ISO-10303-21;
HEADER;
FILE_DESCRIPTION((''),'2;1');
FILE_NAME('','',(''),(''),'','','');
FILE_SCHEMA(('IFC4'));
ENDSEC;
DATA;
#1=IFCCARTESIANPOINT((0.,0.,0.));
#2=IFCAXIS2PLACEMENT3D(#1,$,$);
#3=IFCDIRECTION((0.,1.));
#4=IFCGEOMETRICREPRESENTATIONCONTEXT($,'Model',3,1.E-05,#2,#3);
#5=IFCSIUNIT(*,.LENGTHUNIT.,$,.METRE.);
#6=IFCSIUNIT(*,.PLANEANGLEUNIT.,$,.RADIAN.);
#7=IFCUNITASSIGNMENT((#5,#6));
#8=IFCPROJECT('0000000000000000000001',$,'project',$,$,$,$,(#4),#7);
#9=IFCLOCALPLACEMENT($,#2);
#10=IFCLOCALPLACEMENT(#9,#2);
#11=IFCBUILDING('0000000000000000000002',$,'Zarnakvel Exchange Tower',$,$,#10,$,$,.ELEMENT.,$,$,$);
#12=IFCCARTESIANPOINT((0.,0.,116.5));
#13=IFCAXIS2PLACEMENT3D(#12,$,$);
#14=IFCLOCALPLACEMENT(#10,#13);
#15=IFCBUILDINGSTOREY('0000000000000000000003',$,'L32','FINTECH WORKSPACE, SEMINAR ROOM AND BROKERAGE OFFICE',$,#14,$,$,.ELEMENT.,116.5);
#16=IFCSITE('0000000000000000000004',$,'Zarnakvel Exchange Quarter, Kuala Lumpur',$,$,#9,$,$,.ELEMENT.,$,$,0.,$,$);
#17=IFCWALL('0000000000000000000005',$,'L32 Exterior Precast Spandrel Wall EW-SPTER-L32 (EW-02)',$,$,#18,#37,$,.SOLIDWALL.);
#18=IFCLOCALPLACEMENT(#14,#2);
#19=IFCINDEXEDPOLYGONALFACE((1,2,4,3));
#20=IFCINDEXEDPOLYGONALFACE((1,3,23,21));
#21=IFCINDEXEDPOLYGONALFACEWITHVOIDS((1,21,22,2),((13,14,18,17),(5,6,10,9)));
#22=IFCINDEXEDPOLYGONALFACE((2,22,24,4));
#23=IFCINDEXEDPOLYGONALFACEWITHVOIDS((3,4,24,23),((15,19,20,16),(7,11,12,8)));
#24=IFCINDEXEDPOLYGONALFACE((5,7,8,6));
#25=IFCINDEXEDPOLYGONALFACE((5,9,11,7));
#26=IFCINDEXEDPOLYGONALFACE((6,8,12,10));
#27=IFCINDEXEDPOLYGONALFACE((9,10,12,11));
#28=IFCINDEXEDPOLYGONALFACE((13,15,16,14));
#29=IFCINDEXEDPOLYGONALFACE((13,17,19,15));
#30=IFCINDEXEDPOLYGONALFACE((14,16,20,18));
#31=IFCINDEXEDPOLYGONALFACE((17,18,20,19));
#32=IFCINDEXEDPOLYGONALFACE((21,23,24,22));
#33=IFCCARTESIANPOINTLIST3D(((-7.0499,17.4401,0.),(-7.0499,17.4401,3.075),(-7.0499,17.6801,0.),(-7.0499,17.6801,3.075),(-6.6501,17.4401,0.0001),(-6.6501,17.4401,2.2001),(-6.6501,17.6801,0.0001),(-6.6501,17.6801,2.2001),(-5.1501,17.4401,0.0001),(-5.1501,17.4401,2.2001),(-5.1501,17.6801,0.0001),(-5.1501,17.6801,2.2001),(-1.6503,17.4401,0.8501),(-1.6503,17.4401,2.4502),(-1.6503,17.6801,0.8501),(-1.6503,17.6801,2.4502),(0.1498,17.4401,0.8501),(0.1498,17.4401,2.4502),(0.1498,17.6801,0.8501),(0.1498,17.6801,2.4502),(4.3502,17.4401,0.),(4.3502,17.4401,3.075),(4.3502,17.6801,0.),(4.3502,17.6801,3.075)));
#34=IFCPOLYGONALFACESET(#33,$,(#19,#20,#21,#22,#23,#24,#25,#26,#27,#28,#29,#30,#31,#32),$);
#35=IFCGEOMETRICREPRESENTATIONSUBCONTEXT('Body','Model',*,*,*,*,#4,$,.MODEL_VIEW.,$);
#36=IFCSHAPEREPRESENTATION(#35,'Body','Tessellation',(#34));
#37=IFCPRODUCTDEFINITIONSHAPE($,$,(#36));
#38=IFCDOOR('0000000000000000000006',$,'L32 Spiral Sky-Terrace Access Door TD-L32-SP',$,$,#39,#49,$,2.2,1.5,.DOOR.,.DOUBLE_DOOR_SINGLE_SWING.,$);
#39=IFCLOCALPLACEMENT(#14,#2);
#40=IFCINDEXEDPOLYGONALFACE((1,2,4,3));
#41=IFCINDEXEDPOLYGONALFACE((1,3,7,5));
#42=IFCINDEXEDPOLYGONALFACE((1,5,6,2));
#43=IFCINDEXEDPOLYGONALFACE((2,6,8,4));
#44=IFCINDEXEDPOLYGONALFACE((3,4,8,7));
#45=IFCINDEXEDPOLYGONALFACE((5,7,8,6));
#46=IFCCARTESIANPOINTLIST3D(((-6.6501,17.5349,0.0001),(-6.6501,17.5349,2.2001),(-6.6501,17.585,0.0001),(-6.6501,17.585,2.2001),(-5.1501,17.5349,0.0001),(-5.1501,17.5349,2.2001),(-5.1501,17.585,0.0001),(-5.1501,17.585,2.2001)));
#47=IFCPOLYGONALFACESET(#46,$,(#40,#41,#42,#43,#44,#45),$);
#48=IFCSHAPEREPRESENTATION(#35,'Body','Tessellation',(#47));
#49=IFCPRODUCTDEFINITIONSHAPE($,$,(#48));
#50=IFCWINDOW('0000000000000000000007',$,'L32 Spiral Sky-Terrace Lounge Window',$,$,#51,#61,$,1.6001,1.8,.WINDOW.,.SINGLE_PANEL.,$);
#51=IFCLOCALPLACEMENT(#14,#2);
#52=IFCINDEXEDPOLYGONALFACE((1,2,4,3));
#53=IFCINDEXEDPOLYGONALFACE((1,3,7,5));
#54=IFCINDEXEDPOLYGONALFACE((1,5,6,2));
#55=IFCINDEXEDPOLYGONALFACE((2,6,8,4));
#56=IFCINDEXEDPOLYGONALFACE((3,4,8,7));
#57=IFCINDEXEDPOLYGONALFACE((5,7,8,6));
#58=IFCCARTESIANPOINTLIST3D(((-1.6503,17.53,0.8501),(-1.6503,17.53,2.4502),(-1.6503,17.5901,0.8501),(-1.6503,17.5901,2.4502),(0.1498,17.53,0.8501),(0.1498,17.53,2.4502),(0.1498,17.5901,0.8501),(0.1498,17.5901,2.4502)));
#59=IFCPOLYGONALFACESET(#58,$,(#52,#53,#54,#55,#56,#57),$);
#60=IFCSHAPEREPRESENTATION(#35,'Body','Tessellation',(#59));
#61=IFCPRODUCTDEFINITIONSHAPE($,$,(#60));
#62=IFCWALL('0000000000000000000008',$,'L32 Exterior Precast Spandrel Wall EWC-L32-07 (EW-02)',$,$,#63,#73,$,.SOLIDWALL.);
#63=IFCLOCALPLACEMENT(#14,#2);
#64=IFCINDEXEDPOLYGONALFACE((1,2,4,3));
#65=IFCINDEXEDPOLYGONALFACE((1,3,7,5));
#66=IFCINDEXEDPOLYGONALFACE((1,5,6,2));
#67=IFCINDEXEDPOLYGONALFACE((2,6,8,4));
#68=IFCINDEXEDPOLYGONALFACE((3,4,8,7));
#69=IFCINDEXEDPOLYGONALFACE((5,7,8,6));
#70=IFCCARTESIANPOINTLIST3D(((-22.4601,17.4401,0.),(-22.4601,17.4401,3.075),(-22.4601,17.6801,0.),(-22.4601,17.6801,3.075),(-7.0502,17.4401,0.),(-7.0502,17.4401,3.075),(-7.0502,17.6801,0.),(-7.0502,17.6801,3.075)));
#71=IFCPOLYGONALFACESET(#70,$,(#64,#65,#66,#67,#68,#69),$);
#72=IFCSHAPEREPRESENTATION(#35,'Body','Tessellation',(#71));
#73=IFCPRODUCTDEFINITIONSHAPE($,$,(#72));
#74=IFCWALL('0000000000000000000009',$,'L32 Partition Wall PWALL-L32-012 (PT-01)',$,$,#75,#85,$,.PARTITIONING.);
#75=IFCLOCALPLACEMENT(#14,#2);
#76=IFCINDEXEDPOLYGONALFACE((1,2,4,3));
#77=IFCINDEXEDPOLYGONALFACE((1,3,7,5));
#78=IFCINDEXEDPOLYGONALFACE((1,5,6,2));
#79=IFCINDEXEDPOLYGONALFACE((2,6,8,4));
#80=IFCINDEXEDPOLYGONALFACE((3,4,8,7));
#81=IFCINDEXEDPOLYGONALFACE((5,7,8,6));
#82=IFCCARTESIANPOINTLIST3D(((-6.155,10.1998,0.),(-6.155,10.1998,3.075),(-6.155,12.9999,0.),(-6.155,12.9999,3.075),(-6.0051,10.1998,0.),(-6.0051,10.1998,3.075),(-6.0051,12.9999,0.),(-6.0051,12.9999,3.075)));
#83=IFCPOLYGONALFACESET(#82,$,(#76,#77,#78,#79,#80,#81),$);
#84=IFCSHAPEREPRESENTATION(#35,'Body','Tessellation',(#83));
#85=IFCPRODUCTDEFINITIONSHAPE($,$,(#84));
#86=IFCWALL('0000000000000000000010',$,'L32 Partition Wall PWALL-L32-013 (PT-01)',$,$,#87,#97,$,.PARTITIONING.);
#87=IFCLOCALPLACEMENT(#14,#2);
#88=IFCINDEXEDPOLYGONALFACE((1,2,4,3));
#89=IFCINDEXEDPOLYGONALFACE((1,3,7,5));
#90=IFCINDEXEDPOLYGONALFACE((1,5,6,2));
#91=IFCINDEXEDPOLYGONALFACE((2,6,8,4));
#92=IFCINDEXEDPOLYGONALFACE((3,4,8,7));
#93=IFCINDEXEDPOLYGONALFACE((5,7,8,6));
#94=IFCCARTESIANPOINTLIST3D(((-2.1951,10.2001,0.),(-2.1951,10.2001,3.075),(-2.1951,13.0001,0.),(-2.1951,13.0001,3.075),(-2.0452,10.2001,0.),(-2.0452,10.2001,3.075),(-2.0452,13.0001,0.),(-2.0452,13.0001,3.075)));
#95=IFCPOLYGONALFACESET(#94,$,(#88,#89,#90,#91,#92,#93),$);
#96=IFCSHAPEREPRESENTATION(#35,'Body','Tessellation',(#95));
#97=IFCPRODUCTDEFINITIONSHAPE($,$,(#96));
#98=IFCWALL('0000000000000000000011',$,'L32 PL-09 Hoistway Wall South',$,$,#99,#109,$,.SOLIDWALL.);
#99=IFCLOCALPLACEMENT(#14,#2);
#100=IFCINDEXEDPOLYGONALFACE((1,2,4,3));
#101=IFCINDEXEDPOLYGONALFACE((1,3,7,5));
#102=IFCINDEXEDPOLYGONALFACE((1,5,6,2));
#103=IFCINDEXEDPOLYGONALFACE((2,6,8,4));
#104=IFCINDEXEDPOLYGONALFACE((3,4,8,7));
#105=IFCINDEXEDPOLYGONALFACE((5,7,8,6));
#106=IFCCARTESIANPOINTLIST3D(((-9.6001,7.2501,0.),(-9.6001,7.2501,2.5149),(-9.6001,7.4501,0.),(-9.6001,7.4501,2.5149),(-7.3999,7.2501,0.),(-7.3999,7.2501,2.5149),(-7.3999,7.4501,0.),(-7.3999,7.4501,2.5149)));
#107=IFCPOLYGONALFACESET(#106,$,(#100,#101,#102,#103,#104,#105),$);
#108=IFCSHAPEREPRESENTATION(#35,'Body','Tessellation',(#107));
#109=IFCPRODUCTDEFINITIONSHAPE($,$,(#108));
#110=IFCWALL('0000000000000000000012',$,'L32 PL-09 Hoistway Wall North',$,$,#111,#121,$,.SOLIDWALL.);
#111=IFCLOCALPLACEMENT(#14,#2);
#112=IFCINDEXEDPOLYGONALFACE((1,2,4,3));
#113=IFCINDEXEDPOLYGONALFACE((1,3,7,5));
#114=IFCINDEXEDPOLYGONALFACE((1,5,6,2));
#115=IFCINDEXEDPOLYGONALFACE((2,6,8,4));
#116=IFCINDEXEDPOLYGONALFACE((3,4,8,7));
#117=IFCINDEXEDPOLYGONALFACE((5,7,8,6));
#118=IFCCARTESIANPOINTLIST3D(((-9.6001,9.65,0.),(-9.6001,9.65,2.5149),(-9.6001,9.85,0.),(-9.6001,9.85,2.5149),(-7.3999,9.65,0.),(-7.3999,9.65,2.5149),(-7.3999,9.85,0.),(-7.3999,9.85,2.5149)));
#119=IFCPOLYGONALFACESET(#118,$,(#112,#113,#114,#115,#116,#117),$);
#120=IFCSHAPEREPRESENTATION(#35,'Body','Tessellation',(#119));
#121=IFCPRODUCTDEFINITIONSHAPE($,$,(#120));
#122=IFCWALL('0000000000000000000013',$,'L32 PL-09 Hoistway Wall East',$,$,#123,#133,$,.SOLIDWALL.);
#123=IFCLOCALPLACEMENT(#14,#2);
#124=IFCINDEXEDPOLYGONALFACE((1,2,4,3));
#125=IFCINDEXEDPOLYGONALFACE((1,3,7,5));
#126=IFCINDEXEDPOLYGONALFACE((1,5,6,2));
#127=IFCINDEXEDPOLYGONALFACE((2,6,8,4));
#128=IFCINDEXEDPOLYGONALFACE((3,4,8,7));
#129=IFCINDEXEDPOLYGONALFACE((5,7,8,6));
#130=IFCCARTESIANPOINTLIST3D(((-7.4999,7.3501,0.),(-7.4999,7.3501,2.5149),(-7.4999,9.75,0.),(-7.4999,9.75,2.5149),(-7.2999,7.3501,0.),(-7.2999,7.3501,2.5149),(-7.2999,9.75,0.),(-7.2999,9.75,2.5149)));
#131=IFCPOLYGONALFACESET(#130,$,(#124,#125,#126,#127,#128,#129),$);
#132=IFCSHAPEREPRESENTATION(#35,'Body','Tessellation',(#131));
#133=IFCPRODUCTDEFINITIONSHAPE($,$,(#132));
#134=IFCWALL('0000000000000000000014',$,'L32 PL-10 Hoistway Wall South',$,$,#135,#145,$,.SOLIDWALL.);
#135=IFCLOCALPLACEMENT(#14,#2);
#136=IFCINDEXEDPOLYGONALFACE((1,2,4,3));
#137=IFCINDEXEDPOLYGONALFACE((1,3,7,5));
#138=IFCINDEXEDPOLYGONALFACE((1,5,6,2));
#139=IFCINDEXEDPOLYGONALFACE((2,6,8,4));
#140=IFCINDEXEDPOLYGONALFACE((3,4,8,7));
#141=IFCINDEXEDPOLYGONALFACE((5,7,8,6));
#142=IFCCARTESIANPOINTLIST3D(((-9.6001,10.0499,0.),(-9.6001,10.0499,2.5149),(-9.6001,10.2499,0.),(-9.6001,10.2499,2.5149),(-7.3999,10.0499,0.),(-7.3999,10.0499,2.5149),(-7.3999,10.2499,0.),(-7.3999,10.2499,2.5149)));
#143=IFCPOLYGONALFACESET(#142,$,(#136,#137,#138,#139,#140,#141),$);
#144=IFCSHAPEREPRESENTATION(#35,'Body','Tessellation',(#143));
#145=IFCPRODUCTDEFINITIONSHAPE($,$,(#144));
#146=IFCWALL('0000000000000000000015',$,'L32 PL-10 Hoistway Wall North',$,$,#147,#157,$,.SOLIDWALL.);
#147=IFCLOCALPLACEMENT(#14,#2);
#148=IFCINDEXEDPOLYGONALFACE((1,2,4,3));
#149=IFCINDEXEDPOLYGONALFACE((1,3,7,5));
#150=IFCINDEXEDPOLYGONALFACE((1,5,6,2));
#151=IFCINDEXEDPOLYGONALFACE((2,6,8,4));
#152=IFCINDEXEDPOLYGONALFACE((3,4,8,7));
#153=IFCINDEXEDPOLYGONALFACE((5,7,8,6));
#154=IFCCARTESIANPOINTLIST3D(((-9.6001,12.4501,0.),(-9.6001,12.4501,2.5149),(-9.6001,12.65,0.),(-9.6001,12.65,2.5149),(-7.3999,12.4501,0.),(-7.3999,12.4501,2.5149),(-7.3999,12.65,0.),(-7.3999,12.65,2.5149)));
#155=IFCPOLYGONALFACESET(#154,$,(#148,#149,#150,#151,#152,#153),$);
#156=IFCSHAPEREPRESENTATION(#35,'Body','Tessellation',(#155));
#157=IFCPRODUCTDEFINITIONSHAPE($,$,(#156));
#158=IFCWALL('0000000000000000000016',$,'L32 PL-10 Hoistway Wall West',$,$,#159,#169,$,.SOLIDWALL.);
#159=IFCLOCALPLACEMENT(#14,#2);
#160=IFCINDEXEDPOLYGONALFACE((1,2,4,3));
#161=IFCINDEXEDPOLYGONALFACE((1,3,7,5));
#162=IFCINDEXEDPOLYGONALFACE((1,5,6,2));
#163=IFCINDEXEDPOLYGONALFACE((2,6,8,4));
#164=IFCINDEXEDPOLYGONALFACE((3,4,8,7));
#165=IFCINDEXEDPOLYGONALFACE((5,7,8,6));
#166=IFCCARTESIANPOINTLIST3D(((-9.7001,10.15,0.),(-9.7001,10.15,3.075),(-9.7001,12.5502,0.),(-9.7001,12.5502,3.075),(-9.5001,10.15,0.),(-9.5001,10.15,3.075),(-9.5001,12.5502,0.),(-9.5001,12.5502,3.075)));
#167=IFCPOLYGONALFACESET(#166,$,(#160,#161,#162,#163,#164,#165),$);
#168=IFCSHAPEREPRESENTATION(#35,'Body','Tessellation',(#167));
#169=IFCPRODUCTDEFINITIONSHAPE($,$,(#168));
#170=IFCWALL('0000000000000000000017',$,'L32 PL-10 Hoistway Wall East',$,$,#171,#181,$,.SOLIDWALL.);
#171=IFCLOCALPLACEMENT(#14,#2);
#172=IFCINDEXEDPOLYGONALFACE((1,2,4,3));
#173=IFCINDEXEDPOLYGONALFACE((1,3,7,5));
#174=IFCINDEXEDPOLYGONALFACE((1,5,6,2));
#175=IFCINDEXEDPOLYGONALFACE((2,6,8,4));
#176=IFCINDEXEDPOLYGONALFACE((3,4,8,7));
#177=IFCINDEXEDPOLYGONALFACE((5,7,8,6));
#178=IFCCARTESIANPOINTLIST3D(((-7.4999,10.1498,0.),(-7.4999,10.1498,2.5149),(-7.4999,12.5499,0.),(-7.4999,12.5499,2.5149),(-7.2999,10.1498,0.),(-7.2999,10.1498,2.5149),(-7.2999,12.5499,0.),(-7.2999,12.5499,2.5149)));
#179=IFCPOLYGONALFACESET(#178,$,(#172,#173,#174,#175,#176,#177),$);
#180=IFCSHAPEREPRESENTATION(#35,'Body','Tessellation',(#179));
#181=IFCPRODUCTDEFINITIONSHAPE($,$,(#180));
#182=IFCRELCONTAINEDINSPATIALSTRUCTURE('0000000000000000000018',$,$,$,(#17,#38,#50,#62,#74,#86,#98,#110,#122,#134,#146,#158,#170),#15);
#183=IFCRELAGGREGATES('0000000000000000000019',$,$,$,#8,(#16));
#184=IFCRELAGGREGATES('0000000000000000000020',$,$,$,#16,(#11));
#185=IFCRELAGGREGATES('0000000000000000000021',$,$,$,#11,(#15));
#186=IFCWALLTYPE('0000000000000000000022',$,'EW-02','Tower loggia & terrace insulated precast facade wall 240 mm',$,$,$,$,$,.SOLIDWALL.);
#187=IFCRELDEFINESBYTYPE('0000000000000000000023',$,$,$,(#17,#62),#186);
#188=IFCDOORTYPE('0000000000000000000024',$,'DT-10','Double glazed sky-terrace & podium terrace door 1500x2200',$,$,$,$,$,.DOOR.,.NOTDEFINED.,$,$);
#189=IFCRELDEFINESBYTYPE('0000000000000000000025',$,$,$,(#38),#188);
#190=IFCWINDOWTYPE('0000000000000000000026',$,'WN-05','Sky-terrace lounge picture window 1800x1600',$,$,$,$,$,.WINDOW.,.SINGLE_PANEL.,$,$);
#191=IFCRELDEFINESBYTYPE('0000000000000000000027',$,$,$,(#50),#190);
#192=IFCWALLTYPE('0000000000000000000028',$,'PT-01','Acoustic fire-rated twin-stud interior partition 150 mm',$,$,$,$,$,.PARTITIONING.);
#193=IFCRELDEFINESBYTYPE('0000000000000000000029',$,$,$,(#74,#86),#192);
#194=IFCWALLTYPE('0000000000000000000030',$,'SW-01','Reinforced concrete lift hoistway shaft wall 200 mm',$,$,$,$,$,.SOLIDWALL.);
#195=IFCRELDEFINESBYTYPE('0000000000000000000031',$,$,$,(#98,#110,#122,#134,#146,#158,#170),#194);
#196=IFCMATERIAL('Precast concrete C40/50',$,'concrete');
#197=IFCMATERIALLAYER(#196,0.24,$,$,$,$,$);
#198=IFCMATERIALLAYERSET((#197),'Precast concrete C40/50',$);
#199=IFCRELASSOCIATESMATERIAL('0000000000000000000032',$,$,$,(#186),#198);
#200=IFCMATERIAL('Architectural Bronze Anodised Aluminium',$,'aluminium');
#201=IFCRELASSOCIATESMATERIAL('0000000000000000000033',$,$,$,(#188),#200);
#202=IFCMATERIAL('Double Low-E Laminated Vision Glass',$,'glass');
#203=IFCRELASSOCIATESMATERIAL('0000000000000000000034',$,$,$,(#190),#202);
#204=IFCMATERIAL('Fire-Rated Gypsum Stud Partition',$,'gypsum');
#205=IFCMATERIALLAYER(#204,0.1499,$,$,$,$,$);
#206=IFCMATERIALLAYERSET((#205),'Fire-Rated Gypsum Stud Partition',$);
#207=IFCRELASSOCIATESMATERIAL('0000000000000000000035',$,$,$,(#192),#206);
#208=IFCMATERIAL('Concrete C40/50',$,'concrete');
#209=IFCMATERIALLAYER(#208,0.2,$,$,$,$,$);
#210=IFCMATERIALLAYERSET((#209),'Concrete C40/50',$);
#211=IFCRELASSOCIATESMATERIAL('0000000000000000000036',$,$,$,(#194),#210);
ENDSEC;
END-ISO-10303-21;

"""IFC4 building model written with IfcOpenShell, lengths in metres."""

from ifc_helpers import new_model, si_unit, direction, frame, frame_2d, origin, place, context, subcontext, project, spatial, rectangle, extrude, source, transform, mapped, material, layer, layer_set, type_object, element, fill, save


model = new_model("IFC4")

# Units and contexts
model_context = context("Model", 3, precision=1e-05, world=origin(), true_north=direction((0.0, 1.0)))
body_context = subcontext(model_context, "Body", "Model", "MODEL_VIEW")
ifc_project = project(units=[si_unit("LENGTHUNIT", "METRE"), si_unit("PLANEANGLEUNIT", "RADIAN")], contexts=[model_context])

# Site, building, storey
site_placement = place(None, origin())
site = spatial("IfcSite", under=ifc_project, at=site_placement, Name="Zarnakvel Exchange Quarter, Kuala Lumpur", CompositionType="ELEMENT", RefElevation=0.0)
building_placement = place(site_placement, origin())
building = spatial("IfcBuilding", under=site, at=building_placement, Name="Zarnakvel Exchange Tower", CompositionType="ELEMENT")
storey_placement = place(building_placement, frame((0.0, 0.0, 116.5)))
storey = spatial("IfcBuildingStorey", under=building, at=storey_placement, Name="L32", Description="FINTECH WORKSPACE, SEMINAR ROOM AND BROKERAGE OFFICE", CompositionType="ELEMENT", Elevation=116.5)

# Wall, openings, door, window
ifc_material_1 = material(Name="Precast concrete C40/50", Category="concrete")
ifc_layer_1 = layer(ifc_material_1, 0.24)
ifc_layer_set_1 = layer_set([ifc_layer_1], Name="Precast concrete C40/50")
wall_type_1 = type_object("IfcWallType", Name="EW-02", Description="Tower loggia & terrace insulated precast facade wall 240 mm", PredefinedType="SOLIDWALL", material=ifc_layer_set_1)
wall_1_placement = place(storey_placement, frame((-7.05, 17.5601, 0.0), z_axis=(0.0, 0.0, 1.0), x_axis=(1.0, 0.0, 0.0)))
wall_1 = element("IfcWall", 1, at=wall_1_placement, inside=storey, type_object=wall_type_1, Name="L32 Exterior Precast Spandrel Wall EW-SPTER-L32 (EW-02)", PredefinedType="SOLIDWALL", context=body_context, shape_type="SweptSolid", body=[
    extrude(rectangle(XDim=11.4001, YDim=0.24, at=frame_2d((5.7002, 0.0))), origin(), (0.0, 0.0, 1.0), 3.075),
])
opening_1_placement = place(wall_1_placement, frame((0.3999, 0.0, 0.0)))
opening_1 = element("IfcOpeningElement", 2, at=opening_1_placement, cuts=wall_1, PredefinedType="OPENING", context=body_context, shape_type="SweptSolid", body=[
    extrude(rectangle(XDim=1.5, YDim=2.2, at=frame_2d((0.75, 1.1001))), frame((0.0, 0.1299, 0.0), z_axis=(0.0, -1.0, 0.0), x_axis=(1.0, 0.0, 0.0)), (0.0, 0.0, 1.0), 0.26),
])
opening_2_placement = place(wall_1_placement, frame((5.3999, 0.0, 0.8501)))
opening_2 = element("IfcOpeningElement", 3, at=opening_2_placement, cuts=wall_1, PredefinedType="OPENING", context=body_context, shape_type="SweptSolid", body=[
    extrude(rectangle(XDim=1.8, YDim=1.6001, at=frame_2d((0.8999, 0.8))), frame((0.0, 0.1299, 0.0), z_axis=(0.0, -1.0, 0.0), x_axis=(1.0, 0.0, 0.0)), (0.0, 0.0, 1.0), 0.26),
])
ifc_material_2 = material(Name="Architectural Bronze Anodised Aluminium", Category="aluminium")
door_type_1 = type_object("IfcDoorType", Name="DT-10", Description="Double glazed sky-terrace & podium terrace door 1500x2200", OperationType="NOTDEFINED", PredefinedType="DOOR", material=ifc_material_2)
shared_shape_1 = source(origin(), body_context, "Body", "SweptSolid", [
    extrude(rectangle(XDim=1.5, YDim=2.2, at=frame_2d((0.75, 1.1001))), frame((0.0, 0.0249, 0.0), z_axis=(0.0, -1.0, 0.0), x_axis=(1.0, 0.0, 0.0)), (0.0, 0.0, 1.0), 0.05),
])
door_1_placement = place(opening_1_placement, origin())
door_1 = element("IfcDoor", 4, at=door_1_placement, inside=storey, type_object=door_type_1, Name="L32 Spiral Sky-Terrace Access Door TD-L32-SP", OperationType="DOUBLE_DOOR_SINGLE_SWING", OverallHeight=2.2, OverallWidth=1.5, PredefinedType="DOOR", context=body_context, shape_type="MappedRepresentation", body=[
    mapped(shared_shape_1, transform((0.0, 0.0, 0.0), x_axis=(1.0, 0.0, 0.0), y_axis=(0.0, 1.0, 0.0), z_axis=(0.0, 0.0, 1.0), scale=1.0)),
])
fill(opening_1, door_1)
ifc_material_3 = material(Name="Double Low-E Laminated Vision Glass", Category="glass")
window_type = type_object("IfcWindowType", Name="WN-05", Description="Sky-terrace lounge picture window 1800x1600", PartitioningType="SINGLE_PANEL", PredefinedType="WINDOW", material=ifc_material_3)
shared_shape_2 = source(origin(), body_context, "Body", "SweptSolid", [
    extrude(rectangle(XDim=1.8, YDim=1.6001, at=frame_2d((0.8999, 0.8))), frame((0.0, 0.03, 0.0), z_axis=(0.0, -1.0, 0.0), x_axis=(1.0, 0.0, 0.0)), (0.0, 0.0, 1.0), 0.0601),
])
window_placement = place(opening_2_placement, origin())
window = element("IfcWindow", 5, at=window_placement, inside=storey, type_object=window_type, Name="L32 Spiral Sky-Terrace Lounge Window", OverallHeight=1.6001, OverallWidth=1.8, PartitioningType="SINGLE_PANEL", PredefinedType="WINDOW", context=body_context, shape_type="MappedRepresentation", body=[
    mapped(shared_shape_2, transform((0.0, 0.0, 0.0), x_axis=(1.0, 0.0, 0.0), y_axis=(0.0, 1.0, 0.0), z_axis=(0.0, 0.0, 1.0), scale=1.0)),
])
fill(opening_2, window)

# Wall
wall_2_placement = place(storey_placement, frame((-7.05, 17.5601, 0.0), z_axis=(0.0, 0.0, 1.0), x_axis=(-1.0, 0.0, 0.0)))
element("IfcWall", 6, at=wall_2_placement, inside=storey, type_object=wall_type_1, Name="L32 Exterior Precast Spandrel Wall EWC-L32-07 (EW-02)", PredefinedType="SOLIDWALL", context=body_context, shape_type="SweptSolid", body=[
    extrude(rectangle(XDim=15.4099, YDim=0.24, at=frame_2d((7.7051, 0.0))), origin(), (0.0, 0.0, 1.0), 3.075),
])

# Shared definitions
ifc_material_4 = material(Name="Fire-Rated Gypsum Stud Partition", Category="gypsum")
ifc_layer_2 = layer(ifc_material_4, 0.1499)
ifc_layer_set_2 = layer_set([ifc_layer_2], Name="Fire-Rated Gypsum Stud Partition")
wall_type_2 = type_object("IfcWallType", Name="PT-01", Description="Acoustic fire-rated twin-stud interior partition 150 mm", PredefinedType="PARTITIONING", material=ifc_layer_set_2)

# Walls
for number, where, z_axis, x_axis, name in (
    (7, (-6.0801, 10.2, 0.0), (0.0, 0.0, 1.0), (0.0, 1.0, 0.0), "L32 Partition Wall PWALL-L32-012 (PT-01)"),
    (8, (-2.1201, 13.0, 0.0), (0.0, 0.0, 1.0), (0.0, -1.0, 0.0), "L32 Partition Wall PWALL-L32-013 (PT-01)"),
):
    element("IfcWall", number, at=place(storey_placement, frame(where, z_axis=z_axis, x_axis=x_axis)), inside=storey, type_object=wall_type_2, Name=name, PredefinedType="PARTITIONING", context=body_context, shape_type="SweptSolid", body=[
        extrude(rectangle(XDim=2.8, YDim=0.1499, at=frame_2d((1.3999, 0.0))), origin(), (0.0, 0.0, 1.0), 3.075),
    ])
ifc_material_5 = material(Name="Concrete C40/50", Category="concrete")
ifc_layer_3 = layer(ifc_material_5, 0.2)
ifc_layer_set_3 = layer_set([ifc_layer_3], Name="Concrete C40/50")
wall_type_3 = type_object("IfcWallType", Name="SW-01", Description="Reinforced concrete lift hoistway shaft wall 200 mm", PredefinedType="SOLIDWALL", material=ifc_layer_set_3)
for number, where, z_axis, x_axis, name in (
    (9, (-7.3999, 7.3501, 0.0), (0.0, 0.0, 1.0), (-1.0, 0.0, 0.0), "L32 PL-09 Hoistway Wall South"),
    (10, (-9.6001, 9.75, 0.0), (0.0, 0.0, 1.0), (1.0, 0.0, 0.0), "L32 PL-09 Hoistway Wall North"),
):
    element("IfcWall", number, at=place(storey_placement, frame(where, z_axis=z_axis, x_axis=x_axis)), inside=storey, type_object=wall_type_3, Name=name, PredefinedType="SOLIDWALL", context=body_context, shape_type="SweptSolid", body=[
        extrude(rectangle(XDim=2.2002, YDim=0.2, at=frame_2d((1.1001, 0.0))), origin(), (0.0, 0.0, 1.0), 2.5149),
    ])
wall_3_placement = place(storey_placement, frame((-7.3999, 9.75, 0.0), z_axis=(0.0, 0.0, 1.0), x_axis=(0.0, -1.0, 0.0)))
element("IfcWall", 11, at=wall_3_placement, inside=storey, type_object=wall_type_3, Name="L32 PL-09 Hoistway Wall East", PredefinedType="SOLIDWALL", context=body_context, shape_type="SweptSolid", body=[
    extrude(rectangle(XDim=2.3999, YDim=0.2, at=frame_2d((1.2, 0.0))), origin(), (0.0, 0.0, 1.0), 2.5149),
])
for number, where, z_axis, x_axis, name in (
    (12, (-7.3999, 10.1499, 0.0), (0.0, 0.0, 1.0), (-1.0, 0.0, 0.0), "L32 PL-10 Hoistway Wall South"),
    (13, (-9.6001, 12.55, 0.0), (0.0, 0.0, 1.0), (1.0, 0.0, 0.0), "L32 PL-10 Hoistway Wall North"),
):
    element("IfcWall", number, at=place(storey_placement, frame(where, z_axis=z_axis, x_axis=x_axis)), inside=storey, type_object=wall_type_3, Name=name, PredefinedType="SOLIDWALL", context=body_context, shape_type="SweptSolid", body=[
        extrude(rectangle(XDim=2.2002, YDim=0.2, at=frame_2d((1.1001, 0.0))), origin(), (0.0, 0.0, 1.0), 2.5149),
    ])
wall_4_placement = place(storey_placement, frame((-9.6001, 10.1499, 0.0), z_axis=(0.0, 0.0, 1.0), x_axis=(0.0, 1.0, 0.0)))
element("IfcWall", 14, at=wall_4_placement, inside=storey, type_object=wall_type_3, Name="L32 PL-10 Hoistway Wall West", PredefinedType="SOLIDWALL", context=body_context, shape_type="SweptSolid", body=[
    extrude(rectangle(XDim=2.4001, YDim=0.2, at=frame_2d((1.2002, 0.0))), origin(), (0.0, 0.0, 1.0), 3.075),
])
wall_5_placement = place(storey_placement, frame((-7.3999, 12.55, 0.0), z_axis=(0.0, 0.0, 1.0), x_axis=(0.0, -1.0, 0.0)))
element("IfcWall", 15, at=wall_5_placement, inside=storey, type_object=wall_type_3, Name="L32 PL-10 Hoistway Wall East", PredefinedType="SOLIDWALL", context=body_context, shape_type="SweptSolid", body=[
    extrude(rectangle(XDim=2.4001, YDim=0.2, at=frame_2d((1.2002, 0.0))), origin(), (0.0, 0.0, 1.0), 2.5149),
])

save(model, "model.ifc")
